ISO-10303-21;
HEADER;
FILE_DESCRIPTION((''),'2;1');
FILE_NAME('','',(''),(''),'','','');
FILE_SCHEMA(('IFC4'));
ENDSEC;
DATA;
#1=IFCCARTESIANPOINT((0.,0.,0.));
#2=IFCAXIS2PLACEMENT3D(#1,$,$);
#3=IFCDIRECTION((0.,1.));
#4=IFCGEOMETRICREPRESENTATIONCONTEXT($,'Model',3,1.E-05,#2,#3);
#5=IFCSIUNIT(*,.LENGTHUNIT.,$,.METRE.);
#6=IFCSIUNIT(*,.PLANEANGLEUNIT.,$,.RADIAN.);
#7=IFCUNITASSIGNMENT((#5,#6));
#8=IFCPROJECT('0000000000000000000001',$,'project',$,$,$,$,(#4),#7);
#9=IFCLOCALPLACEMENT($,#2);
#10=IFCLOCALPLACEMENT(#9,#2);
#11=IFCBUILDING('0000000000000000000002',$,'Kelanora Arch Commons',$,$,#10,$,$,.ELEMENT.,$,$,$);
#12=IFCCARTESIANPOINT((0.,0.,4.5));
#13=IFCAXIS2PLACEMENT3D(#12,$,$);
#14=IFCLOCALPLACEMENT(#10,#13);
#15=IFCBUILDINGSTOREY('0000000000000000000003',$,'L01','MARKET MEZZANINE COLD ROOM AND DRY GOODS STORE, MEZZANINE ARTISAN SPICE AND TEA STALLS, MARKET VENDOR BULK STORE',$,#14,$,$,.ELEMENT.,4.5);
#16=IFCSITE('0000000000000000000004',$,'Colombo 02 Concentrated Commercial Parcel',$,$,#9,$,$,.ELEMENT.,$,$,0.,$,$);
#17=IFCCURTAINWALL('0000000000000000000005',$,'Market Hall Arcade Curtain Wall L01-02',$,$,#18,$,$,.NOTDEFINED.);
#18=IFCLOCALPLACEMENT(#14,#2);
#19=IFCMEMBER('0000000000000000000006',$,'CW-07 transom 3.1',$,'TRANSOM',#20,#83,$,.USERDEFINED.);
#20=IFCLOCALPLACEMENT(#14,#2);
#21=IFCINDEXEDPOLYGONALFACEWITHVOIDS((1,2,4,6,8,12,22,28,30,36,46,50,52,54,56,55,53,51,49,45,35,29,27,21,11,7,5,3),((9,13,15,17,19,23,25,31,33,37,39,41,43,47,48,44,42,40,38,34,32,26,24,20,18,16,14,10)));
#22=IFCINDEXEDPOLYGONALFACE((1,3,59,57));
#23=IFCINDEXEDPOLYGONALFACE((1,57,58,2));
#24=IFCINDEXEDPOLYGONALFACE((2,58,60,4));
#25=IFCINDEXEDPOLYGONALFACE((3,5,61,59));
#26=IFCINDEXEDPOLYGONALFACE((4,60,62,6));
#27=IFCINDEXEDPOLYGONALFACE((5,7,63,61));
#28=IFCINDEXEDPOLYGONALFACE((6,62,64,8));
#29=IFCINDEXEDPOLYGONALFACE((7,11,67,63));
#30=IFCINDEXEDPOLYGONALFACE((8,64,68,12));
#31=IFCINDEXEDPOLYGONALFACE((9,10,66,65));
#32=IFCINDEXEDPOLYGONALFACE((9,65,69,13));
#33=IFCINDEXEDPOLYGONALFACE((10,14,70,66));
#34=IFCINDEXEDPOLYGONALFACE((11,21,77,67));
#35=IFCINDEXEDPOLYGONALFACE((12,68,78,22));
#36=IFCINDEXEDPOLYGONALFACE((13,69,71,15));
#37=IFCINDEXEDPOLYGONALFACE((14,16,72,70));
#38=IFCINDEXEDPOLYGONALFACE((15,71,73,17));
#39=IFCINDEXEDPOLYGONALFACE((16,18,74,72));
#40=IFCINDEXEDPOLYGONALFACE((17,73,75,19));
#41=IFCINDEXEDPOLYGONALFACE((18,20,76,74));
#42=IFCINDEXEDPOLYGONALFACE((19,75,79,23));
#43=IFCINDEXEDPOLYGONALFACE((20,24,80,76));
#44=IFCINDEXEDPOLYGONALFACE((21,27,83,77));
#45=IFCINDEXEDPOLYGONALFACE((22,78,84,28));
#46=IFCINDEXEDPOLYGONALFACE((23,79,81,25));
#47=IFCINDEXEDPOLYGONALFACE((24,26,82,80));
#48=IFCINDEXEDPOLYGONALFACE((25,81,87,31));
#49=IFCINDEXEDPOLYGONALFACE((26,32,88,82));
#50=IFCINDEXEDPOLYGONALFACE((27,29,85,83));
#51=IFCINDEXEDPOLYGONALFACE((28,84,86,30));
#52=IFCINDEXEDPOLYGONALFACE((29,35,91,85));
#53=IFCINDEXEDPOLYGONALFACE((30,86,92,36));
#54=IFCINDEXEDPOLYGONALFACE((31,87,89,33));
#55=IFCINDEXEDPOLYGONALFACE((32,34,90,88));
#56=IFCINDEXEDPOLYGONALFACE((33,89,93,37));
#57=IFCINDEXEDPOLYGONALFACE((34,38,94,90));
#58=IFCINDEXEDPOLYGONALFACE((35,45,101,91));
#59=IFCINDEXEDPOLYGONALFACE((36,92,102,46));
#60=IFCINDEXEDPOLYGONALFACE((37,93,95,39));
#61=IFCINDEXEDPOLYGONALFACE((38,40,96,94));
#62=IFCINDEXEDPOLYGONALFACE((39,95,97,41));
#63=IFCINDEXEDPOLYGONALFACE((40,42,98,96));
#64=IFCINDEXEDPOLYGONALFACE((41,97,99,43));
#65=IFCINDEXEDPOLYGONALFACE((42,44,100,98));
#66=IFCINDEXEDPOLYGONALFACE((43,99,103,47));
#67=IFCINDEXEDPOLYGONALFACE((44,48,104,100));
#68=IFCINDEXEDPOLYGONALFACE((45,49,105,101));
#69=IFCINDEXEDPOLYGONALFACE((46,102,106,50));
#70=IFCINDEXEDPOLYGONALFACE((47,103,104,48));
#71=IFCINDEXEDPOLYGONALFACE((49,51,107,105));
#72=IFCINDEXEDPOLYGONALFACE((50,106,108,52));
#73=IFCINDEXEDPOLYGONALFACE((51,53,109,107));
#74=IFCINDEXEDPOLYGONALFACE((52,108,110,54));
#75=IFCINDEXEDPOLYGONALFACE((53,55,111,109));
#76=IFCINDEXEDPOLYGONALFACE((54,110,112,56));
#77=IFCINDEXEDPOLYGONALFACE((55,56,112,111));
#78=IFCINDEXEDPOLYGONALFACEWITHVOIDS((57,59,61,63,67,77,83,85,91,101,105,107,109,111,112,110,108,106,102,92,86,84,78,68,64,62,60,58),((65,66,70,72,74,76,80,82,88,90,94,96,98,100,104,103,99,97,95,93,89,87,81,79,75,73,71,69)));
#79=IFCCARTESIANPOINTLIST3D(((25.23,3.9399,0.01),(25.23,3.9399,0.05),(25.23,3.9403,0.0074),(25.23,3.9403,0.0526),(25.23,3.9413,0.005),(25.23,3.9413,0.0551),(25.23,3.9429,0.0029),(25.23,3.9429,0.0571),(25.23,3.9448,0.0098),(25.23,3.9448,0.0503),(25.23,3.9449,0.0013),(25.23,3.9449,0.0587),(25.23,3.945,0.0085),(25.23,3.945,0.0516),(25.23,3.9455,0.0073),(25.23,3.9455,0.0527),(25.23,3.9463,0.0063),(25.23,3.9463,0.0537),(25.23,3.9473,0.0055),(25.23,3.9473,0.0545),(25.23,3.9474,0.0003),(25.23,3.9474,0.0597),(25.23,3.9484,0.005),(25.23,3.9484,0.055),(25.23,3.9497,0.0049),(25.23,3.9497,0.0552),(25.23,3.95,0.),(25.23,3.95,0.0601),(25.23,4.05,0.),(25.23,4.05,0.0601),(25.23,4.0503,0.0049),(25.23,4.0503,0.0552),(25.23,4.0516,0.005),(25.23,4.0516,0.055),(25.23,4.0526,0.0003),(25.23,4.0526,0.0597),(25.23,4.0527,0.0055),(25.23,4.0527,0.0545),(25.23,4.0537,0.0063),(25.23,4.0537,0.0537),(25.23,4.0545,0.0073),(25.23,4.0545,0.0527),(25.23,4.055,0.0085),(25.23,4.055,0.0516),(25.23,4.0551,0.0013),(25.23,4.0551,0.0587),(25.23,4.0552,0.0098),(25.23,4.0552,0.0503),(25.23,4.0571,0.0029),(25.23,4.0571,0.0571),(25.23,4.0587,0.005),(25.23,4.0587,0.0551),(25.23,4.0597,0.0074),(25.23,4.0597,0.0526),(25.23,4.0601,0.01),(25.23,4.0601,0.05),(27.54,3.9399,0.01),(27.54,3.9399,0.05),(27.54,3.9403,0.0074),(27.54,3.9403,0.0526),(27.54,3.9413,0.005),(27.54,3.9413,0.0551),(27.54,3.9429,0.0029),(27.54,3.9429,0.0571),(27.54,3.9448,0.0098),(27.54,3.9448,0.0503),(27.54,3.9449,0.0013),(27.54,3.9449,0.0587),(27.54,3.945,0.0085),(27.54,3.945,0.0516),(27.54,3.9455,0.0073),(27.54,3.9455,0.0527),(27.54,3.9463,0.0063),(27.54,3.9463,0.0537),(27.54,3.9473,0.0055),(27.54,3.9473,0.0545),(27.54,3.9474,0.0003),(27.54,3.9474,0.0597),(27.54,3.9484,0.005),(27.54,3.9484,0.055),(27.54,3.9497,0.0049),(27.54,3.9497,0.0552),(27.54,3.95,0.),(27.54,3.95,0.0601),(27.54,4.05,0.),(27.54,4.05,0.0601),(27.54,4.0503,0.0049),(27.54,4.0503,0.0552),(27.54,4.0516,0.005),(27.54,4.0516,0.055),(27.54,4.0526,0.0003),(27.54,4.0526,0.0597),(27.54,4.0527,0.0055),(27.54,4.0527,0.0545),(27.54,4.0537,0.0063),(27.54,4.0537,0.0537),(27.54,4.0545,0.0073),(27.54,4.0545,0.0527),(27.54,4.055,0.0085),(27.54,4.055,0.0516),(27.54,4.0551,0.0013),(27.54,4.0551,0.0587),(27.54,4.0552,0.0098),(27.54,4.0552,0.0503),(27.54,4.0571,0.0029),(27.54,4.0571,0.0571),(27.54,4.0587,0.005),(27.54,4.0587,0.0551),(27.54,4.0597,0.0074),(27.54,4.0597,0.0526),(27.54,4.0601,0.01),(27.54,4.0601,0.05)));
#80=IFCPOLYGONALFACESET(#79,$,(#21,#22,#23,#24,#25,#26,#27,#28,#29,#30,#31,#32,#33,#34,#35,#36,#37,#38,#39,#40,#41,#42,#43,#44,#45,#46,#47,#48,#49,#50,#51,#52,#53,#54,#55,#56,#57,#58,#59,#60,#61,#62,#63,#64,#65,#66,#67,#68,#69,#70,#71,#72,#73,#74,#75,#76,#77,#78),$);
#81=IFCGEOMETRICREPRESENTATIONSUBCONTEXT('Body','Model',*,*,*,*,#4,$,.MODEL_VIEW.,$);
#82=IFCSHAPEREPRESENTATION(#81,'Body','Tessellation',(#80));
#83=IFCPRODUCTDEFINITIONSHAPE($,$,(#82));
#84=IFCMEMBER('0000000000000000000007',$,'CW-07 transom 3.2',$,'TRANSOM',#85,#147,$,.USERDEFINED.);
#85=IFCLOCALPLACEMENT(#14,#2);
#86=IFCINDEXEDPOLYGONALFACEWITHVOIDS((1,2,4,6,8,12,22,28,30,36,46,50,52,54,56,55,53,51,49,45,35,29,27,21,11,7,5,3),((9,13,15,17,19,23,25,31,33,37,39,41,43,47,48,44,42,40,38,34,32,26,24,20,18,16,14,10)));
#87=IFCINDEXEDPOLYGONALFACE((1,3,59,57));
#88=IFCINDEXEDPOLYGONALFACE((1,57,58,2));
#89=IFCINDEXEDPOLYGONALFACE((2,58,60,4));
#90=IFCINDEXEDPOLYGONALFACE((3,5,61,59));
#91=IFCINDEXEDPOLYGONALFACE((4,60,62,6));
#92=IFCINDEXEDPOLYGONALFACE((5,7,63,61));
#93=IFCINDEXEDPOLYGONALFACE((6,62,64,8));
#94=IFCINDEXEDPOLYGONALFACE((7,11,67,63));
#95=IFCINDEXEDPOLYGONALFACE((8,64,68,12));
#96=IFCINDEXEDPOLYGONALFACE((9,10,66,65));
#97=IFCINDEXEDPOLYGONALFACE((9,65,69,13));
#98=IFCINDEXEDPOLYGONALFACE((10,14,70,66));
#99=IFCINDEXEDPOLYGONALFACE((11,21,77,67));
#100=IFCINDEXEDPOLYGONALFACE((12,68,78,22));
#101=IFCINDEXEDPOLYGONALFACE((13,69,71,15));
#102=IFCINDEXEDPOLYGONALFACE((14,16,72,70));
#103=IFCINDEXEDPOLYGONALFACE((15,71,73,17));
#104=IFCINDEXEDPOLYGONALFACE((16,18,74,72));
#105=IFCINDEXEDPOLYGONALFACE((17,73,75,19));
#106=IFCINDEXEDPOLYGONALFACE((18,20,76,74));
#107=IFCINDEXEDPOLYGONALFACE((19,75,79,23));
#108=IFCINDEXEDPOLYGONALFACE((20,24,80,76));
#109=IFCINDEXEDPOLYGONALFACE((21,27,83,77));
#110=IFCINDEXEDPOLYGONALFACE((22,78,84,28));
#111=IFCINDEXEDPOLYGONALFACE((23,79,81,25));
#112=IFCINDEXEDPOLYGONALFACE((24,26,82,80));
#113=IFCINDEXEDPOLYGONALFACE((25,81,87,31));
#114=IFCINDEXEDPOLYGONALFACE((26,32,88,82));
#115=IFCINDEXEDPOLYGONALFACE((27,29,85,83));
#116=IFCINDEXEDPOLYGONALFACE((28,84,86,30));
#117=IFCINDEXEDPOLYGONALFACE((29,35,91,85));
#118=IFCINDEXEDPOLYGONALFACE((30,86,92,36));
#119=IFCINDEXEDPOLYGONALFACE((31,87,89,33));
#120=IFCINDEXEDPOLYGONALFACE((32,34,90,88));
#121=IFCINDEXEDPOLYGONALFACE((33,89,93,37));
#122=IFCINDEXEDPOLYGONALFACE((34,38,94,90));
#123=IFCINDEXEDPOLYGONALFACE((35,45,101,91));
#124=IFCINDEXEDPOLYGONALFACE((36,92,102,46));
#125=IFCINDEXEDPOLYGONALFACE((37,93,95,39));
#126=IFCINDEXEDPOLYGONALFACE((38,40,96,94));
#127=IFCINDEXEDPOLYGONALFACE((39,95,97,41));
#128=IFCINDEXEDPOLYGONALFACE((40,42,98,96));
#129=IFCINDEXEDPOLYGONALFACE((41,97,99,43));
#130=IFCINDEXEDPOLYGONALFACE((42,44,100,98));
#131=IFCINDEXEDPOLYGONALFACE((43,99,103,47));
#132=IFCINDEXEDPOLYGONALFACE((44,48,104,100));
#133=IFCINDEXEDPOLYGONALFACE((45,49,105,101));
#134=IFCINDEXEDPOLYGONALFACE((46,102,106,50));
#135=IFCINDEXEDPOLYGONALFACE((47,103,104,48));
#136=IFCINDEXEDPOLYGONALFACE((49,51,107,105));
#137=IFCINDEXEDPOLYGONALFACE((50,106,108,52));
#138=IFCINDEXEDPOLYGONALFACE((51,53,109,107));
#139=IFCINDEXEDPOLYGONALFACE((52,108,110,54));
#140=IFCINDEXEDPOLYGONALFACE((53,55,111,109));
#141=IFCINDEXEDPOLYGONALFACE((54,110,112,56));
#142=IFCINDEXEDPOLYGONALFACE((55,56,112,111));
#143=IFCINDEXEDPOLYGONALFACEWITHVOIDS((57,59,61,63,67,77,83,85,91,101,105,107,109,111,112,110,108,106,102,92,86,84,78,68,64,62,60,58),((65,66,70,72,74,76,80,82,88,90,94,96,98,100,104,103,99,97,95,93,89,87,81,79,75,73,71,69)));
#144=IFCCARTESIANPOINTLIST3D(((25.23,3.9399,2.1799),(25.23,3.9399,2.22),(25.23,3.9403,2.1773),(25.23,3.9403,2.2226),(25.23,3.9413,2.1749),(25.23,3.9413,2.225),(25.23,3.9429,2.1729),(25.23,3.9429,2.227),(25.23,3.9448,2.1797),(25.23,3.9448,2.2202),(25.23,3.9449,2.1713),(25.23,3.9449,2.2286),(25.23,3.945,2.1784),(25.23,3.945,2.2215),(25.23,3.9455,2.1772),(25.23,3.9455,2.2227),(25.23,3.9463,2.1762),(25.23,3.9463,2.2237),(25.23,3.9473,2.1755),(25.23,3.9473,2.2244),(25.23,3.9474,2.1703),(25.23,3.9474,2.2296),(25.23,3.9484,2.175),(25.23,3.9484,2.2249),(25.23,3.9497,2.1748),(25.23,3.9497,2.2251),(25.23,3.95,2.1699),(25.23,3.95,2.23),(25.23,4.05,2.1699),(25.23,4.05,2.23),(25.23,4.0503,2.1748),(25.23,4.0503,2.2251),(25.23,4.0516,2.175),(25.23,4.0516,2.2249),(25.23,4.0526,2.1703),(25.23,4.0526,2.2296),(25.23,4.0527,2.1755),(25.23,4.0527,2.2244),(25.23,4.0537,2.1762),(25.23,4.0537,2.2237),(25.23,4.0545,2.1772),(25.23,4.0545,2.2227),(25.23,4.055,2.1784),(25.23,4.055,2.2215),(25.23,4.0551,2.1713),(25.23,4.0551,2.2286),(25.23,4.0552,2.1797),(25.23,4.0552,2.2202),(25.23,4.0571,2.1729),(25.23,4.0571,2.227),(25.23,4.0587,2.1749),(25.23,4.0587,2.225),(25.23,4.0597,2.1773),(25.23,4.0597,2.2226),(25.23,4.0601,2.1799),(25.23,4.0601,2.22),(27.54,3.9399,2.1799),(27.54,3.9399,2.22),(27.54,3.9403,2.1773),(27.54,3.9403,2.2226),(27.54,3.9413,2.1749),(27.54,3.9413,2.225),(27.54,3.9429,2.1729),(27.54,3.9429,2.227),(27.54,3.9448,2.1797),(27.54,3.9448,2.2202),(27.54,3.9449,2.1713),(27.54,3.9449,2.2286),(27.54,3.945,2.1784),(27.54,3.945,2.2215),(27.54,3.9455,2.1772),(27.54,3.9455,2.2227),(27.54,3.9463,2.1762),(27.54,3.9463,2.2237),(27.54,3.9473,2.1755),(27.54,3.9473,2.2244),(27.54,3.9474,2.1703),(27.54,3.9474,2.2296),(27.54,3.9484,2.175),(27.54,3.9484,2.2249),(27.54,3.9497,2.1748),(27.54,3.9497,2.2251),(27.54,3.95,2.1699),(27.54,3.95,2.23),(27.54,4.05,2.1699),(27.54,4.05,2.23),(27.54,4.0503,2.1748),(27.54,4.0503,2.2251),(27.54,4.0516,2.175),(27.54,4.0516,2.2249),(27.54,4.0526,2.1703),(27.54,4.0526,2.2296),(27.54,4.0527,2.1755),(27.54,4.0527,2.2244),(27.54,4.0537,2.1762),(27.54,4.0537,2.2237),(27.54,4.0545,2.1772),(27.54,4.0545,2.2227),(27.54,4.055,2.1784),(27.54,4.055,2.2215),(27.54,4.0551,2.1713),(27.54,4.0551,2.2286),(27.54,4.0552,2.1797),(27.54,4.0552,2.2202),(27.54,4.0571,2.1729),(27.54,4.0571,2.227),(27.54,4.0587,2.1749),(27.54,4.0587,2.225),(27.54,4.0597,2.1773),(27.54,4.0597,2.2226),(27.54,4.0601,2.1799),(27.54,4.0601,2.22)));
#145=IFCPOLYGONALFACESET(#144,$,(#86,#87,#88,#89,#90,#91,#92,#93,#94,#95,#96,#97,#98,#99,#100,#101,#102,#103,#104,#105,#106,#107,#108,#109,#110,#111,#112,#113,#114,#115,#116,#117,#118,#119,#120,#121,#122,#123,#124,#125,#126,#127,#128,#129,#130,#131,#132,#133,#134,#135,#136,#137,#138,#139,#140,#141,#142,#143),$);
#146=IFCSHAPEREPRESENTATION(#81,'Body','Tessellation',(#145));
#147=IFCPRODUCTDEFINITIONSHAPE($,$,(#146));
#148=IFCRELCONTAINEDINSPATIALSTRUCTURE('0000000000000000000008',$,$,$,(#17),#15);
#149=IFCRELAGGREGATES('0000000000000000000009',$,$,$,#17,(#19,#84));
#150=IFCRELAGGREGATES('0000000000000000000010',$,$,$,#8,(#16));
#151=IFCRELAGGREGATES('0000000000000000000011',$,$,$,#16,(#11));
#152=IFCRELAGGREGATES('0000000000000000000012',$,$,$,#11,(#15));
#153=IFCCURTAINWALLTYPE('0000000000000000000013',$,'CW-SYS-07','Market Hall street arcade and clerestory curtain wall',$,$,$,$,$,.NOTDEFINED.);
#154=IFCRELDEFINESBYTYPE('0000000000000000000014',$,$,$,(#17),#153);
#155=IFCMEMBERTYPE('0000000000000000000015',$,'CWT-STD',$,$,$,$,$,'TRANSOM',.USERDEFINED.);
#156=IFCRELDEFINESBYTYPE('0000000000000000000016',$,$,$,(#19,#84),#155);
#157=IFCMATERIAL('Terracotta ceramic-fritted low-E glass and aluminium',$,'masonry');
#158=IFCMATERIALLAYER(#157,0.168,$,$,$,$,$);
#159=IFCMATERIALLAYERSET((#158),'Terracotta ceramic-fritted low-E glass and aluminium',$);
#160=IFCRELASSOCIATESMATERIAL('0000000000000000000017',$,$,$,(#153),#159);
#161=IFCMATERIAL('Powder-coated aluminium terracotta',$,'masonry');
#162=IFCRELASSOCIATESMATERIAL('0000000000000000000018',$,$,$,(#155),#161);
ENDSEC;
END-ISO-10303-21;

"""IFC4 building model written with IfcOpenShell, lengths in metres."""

from ifc_helpers import new_model, si_unit, direction, frame, origin, origin_2d, place, context, subcontext, project, spatial, hollow_rectangle, extrude, material, layer, layer_set, material_profile, profile_set, type_object, element, aggregate, save


model = new_model("IFC4")

# Units and contexts
model_context = context("Model", 3, precision=1e-05, world=origin(), true_north=direction((0.0, 1.0)))
body_context = subcontext(model_context, "Body", "Model", "MODEL_VIEW")
ifc_project = project(units=[si_unit("LENGTHUNIT", "METRE"), si_unit("PLANEANGLEUNIT", "RADIAN")], contexts=[model_context])

# Site, building, storey
site_placement = place(None, origin())
site = spatial("IfcSite", under=ifc_project, at=site_placement, Name="Colombo 02 Concentrated Commercial Parcel", CompositionType="ELEMENT", RefElevation=0.0)
building_placement = place(site_placement, origin())
building = spatial("IfcBuilding", under=site, at=building_placement, Name="Kelanora Arch Commons", CompositionType="ELEMENT")
storey_placement = place(building_placement, frame((0.0, 0.0, 4.5)))
storey = spatial("IfcBuildingStorey", under=building, at=storey_placement, Name="L01", Description="MARKET MEZZANINE COLD ROOM AND DRY GOODS STORE, MEZZANINE ARTISAN SPICE AND TEA STALLS, MARKET VENDOR BULK STORE", CompositionType="ELEMENT", Elevation=4.5)

# Curtain wall, members
ifc_material_1 = material(Name="Terracotta ceramic-fritted low-E glass and aluminium", Category="masonry")
ifc_layer_1 = layer(ifc_material_1, 0.168)
ifc_layer_set_1 = layer_set([ifc_layer_1], Name="Terracotta ceramic-fritted low-E glass and aluminium")
curtain_wall_type = type_object("IfcCurtainWallType", Name="CW-SYS-07", Description="Market Hall street arcade and clerestory curtain wall", PredefinedType="NOTDEFINED", material=ifc_layer_set_1)
curtain_wall_placement = place(storey_placement, origin())
curtain_wall = element("IfcCurtainWall", 1, at=curtain_wall_placement, inside=storey, type_object=curtain_wall_type, Name="Market Hall Arcade Curtain Wall L01-02", PredefinedType="NOTDEFINED")
ifc_material_2 = material(Name="Powder-coated aluminium terracotta", Category="masonry")
ifc_material_profile_1 = material_profile(ifc_material_2, hollow_rectangle(XDim=0.1201, YDim=0.0601, WallThickness=0.0049, InnerFilletRadius=0.0049, OuterFilletRadius=0.01, at=origin_2d()), Name="CWT120x60")
ifc_profile_set_1 = profile_set([ifc_material_profile_1], Name="Powder-coated aluminium terracotta")
member_type_1 = type_object("IfcMemberType", Name="CWT-STD", ElementType="TRANSOM", PredefinedType="USERDEFINED", material=ifc_profile_set_1)
member_1_placement = place(storey_placement, frame((25.23, 4.0, 0.03), z_axis=(1.0, 0.0, 0.0), x_axis=(0.0, 1.0, 0.0)))
member_1 = element("IfcMember", 2, at=member_1_placement, type_object=member_type_1, Name="CW-07 transom 3.1", ObjectType="TRANSOM", PredefinedType="USERDEFINED", context=body_context, shape_type="SweptSolid", body=[
    extrude(hollow_rectangle(XDim=0.1201, YDim=0.0601, WallThickness=0.0049, InnerFilletRadius=0.0049, OuterFilletRadius=0.01, at=origin_2d()), origin(), (0.0, 0.0, 1.0), 2.3101),
])
member_2_placement = place(storey_placement, frame((25.23, 4.0, 2.2), z_axis=(1.0, 0.0, 0.0), x_axis=(0.0, 1.0, 0.0)))
member_2 = element("IfcMember", 3, at=member_2_placement, type_object=member_type_1, Name="CW-07 transom 3.2", ObjectType="TRANSOM", PredefinedType="USERDEFINED", context=body_context, shape_type="SweptSolid", body=[
    extrude(hollow_rectangle(XDim=0.1201, YDim=0.0601, WallThickness=0.0049, InnerFilletRadius=0.0049, OuterFilletRadius=0.01, at=origin_2d()), origin(), (0.0, 0.0, 1.0), 2.3101),
])
aggregate(curtain_wall, [member_1, member_2])

save(model, "model.ifc")
